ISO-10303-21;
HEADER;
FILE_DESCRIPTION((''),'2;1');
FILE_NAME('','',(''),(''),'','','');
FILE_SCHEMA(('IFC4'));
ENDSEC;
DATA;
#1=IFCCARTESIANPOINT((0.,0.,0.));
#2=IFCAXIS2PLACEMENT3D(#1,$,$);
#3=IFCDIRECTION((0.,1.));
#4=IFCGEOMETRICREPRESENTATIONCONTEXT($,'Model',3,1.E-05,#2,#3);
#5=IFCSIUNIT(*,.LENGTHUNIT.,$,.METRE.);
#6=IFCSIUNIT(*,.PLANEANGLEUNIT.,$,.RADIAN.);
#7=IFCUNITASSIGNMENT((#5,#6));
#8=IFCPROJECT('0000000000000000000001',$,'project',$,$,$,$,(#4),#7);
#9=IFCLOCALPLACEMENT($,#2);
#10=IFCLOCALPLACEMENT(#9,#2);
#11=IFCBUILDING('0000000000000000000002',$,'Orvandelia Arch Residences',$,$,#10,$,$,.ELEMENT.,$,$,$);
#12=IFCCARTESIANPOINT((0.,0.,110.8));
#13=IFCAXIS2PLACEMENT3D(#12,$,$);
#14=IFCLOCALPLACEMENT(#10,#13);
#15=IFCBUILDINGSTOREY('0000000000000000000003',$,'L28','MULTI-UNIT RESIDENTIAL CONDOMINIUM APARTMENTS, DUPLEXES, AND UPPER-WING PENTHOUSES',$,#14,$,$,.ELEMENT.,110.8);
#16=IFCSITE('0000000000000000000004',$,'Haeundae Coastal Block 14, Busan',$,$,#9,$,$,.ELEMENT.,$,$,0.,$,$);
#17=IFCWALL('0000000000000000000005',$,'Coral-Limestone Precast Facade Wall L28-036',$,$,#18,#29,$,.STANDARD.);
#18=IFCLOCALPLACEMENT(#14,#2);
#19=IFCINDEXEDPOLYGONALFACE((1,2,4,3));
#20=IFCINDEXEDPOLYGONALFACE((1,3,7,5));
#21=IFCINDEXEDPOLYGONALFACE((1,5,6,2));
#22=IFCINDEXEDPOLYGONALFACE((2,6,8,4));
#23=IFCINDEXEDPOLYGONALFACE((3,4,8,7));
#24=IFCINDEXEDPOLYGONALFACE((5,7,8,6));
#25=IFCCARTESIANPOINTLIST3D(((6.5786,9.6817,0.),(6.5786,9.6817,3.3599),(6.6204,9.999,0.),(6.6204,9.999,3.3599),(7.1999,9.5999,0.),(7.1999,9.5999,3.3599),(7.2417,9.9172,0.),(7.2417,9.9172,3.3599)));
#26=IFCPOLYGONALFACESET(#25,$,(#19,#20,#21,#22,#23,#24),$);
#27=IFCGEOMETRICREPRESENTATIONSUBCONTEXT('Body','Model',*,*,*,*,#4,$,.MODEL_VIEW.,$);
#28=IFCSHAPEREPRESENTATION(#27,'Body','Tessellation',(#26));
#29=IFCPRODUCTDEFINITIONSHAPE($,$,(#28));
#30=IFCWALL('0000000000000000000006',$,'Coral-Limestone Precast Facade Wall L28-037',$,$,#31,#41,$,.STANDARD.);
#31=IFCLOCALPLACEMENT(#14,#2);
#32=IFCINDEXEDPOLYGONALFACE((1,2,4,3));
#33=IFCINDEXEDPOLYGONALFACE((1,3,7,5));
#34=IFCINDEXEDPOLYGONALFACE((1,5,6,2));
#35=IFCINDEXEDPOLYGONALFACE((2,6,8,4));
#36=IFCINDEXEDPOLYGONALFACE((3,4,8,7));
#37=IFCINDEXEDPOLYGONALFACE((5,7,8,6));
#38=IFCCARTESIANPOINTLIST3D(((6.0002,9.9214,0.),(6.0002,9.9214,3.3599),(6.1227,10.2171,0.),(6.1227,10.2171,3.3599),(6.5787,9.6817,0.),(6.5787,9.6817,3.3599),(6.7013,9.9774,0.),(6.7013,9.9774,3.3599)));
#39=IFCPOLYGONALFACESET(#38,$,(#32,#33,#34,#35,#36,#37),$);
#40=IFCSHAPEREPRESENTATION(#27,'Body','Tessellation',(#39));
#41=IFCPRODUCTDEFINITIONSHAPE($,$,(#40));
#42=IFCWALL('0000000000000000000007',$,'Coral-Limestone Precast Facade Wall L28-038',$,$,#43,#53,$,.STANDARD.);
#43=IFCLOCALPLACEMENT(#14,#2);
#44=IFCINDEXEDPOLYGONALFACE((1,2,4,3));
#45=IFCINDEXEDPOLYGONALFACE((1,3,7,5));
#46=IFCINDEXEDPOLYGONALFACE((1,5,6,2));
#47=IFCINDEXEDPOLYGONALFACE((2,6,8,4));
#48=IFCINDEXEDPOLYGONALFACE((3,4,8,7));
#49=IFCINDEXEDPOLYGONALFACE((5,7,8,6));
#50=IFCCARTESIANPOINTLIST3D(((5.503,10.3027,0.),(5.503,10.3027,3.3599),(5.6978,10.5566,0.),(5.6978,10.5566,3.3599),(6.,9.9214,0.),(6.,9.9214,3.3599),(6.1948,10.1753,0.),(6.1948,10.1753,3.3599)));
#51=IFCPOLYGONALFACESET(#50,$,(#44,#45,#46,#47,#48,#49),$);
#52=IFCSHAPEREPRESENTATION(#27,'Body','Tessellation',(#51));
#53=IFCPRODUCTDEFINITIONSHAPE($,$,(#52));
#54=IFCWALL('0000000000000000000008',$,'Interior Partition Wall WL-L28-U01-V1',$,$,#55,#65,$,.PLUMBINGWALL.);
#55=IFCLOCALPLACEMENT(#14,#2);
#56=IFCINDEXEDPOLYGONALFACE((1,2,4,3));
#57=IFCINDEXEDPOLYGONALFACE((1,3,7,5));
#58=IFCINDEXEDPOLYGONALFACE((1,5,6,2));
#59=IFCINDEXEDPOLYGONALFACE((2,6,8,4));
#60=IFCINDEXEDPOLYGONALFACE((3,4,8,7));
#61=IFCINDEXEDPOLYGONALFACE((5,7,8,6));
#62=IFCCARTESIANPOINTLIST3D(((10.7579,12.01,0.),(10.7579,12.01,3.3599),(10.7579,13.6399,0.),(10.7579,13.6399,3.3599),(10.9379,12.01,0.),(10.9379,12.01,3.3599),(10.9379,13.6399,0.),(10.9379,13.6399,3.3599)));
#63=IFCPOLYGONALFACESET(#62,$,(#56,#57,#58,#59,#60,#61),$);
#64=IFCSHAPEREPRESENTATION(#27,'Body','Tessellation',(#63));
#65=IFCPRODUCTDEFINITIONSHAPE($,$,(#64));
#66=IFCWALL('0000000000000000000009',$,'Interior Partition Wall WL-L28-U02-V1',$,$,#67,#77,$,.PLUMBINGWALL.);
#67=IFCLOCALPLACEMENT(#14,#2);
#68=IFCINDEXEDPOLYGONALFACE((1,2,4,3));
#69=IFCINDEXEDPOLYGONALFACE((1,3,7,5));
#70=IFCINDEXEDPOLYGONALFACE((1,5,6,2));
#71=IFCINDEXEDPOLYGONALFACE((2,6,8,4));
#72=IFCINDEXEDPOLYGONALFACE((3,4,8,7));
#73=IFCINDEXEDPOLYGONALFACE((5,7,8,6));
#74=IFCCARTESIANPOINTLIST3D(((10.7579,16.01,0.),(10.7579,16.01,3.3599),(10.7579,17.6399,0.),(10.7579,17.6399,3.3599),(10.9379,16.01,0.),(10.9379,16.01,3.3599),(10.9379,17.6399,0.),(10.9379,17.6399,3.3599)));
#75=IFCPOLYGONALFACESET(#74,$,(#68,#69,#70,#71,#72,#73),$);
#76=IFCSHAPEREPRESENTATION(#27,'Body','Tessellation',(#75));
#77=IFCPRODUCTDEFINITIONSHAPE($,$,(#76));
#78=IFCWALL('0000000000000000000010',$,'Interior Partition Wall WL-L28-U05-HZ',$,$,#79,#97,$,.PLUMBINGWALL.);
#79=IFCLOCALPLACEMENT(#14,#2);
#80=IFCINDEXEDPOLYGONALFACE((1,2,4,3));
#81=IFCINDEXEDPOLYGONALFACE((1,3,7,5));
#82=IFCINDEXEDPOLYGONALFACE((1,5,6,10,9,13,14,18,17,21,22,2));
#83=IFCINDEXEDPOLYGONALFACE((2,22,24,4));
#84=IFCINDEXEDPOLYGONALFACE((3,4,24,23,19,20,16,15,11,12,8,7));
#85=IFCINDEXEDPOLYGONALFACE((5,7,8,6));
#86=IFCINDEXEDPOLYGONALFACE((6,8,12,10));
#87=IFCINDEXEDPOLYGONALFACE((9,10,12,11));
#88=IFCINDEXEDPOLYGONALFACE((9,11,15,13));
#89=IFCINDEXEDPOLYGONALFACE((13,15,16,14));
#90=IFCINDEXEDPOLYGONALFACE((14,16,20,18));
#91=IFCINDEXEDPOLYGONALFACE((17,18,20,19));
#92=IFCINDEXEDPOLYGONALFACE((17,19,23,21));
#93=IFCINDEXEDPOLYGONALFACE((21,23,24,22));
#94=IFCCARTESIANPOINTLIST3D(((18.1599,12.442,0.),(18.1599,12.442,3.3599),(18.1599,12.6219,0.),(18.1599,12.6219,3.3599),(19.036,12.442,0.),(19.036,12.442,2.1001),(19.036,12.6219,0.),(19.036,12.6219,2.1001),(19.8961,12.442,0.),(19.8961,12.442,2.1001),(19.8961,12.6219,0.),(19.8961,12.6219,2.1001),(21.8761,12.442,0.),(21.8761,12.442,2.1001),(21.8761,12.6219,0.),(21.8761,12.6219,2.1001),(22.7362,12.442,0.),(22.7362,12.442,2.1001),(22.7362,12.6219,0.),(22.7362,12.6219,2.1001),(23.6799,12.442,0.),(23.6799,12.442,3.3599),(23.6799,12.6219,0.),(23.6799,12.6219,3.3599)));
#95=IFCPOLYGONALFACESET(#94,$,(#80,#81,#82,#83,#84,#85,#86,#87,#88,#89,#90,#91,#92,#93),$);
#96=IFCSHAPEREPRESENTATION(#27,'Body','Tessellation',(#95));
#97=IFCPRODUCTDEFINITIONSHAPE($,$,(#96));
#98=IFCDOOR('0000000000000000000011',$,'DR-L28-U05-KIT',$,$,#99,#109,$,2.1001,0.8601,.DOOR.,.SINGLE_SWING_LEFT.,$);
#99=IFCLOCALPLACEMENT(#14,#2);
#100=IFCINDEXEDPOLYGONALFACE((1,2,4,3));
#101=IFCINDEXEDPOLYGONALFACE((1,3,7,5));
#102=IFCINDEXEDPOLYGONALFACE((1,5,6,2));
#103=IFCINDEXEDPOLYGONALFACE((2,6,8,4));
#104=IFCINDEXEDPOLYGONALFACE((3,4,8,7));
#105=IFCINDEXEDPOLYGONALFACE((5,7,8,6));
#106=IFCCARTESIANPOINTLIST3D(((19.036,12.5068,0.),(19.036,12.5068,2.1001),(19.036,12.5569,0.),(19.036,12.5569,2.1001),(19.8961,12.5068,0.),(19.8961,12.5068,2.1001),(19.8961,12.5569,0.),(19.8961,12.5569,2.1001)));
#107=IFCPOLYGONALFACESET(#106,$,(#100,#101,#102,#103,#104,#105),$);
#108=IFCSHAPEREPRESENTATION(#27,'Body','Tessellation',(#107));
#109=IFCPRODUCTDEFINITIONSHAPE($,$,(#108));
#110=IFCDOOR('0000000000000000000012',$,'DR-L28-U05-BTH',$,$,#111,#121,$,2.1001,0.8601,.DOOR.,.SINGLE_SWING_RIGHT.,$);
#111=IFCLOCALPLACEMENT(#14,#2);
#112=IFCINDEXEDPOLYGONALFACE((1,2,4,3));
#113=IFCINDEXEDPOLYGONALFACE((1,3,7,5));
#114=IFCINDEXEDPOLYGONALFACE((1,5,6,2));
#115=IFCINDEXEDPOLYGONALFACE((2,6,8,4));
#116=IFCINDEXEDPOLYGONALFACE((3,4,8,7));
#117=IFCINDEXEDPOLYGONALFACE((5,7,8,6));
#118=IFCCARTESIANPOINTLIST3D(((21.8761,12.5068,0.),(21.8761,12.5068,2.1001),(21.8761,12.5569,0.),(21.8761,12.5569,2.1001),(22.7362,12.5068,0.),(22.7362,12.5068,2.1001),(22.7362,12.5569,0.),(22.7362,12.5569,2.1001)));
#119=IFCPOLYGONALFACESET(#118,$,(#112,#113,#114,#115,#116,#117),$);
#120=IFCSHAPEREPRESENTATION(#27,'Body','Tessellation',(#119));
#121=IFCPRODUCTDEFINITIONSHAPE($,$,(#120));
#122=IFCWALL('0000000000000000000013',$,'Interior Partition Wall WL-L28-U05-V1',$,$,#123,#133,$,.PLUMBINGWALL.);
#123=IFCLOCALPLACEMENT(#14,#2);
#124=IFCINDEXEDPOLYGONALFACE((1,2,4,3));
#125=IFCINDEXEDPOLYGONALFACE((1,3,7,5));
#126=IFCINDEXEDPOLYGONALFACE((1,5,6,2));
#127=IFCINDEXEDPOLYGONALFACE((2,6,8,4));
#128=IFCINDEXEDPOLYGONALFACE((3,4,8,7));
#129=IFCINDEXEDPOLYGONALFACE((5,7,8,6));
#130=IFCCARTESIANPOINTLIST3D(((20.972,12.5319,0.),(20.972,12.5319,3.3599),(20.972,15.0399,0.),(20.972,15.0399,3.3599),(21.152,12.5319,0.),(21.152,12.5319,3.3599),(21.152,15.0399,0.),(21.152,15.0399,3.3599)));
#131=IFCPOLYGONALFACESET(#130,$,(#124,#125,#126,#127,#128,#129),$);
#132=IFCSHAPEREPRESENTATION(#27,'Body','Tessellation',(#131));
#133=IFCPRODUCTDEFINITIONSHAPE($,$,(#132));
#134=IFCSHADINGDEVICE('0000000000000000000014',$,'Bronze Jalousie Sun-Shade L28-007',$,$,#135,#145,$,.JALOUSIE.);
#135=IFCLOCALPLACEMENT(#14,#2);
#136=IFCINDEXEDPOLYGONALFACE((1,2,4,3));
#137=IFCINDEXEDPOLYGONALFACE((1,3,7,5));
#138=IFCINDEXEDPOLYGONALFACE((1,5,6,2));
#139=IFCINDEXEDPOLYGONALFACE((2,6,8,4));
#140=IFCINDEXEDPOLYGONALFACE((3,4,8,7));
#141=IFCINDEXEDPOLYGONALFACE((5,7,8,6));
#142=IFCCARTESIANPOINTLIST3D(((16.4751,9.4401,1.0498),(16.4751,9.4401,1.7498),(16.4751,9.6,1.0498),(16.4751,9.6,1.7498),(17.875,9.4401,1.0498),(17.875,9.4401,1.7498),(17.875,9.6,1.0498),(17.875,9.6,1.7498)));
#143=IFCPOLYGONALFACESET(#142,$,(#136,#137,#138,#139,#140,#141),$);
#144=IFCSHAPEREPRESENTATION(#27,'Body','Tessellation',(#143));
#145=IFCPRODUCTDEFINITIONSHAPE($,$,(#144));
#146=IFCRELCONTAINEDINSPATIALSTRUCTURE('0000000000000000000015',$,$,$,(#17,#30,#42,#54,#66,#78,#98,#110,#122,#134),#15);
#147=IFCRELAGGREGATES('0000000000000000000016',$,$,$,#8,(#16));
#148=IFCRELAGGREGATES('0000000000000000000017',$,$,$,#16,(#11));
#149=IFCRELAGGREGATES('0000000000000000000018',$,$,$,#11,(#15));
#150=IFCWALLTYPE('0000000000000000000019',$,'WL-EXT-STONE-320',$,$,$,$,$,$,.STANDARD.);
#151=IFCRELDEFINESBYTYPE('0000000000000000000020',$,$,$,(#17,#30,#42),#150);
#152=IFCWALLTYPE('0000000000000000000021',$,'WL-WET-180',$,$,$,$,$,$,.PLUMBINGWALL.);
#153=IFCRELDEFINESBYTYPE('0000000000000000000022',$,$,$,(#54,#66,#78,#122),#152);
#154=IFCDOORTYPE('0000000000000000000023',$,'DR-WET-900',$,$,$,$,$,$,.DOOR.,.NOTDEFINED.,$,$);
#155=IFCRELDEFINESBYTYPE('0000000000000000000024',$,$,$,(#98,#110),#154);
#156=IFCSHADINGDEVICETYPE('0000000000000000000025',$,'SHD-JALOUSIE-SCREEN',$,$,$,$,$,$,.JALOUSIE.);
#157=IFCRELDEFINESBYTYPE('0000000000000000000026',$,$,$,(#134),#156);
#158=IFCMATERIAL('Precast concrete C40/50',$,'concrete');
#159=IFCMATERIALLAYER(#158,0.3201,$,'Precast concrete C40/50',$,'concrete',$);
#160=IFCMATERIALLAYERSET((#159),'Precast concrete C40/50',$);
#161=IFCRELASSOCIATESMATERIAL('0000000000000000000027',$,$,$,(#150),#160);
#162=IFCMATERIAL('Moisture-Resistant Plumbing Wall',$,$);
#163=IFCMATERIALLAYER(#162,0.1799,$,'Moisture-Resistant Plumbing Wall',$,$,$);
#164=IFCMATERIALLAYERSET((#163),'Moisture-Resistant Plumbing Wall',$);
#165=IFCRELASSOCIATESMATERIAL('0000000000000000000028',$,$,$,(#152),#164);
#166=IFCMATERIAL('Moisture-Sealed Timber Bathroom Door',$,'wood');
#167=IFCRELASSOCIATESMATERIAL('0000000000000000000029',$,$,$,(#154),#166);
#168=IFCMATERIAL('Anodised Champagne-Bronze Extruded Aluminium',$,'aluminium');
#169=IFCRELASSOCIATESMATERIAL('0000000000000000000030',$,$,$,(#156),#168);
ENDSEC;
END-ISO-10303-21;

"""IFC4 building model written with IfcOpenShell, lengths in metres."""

from ifc_helpers import new_model, si_unit, direction, frame, frame_2d, origin, origin_2d, place, context, subcontext, project, spatial, rectangle, extrude, material, layer, layer_set, type_object, element, fill, save


model = new_model("IFC4")

# Units and contexts
model_context = context("Model", 3, precision=1e-05, world=origin(), true_north=direction((0.0, 1.0)))
body_context = subcontext(model_context, "Body", "Model", "MODEL_VIEW")
ifc_project = project(units=[si_unit("LENGTHUNIT", "METRE"), si_unit("PLANEANGLEUNIT", "RADIAN")], contexts=[model_context])

# Site, building, storey
site_placement = place(None, origin())
site = spatial("IfcSite", under=ifc_project, at=site_placement, Name="Haeundae Coastal Block 14, Busan", CompositionType="ELEMENT", RefElevation=0.0)
building_placement = place(site_placement, origin())
building = spatial("IfcBuilding", under=site, at=building_placement, Name="Orvandelia Arch Residences", CompositionType="ELEMENT")
storey_placement = place(building_placement, frame((0.0, 0.0, 110.8)))
storey = spatial("IfcBuildingStorey", under=building, at=storey_placement, Name="L28", Description="MULTI-UNIT RESIDENTIAL CONDOMINIUM APARTMENTS, DUPLEXES, AND UPPER-WING PENTHOUSES", CompositionType="ELEMENT", Elevation=110.8)

# Walls
ifc_material_1 = material(Name="Precast concrete C40/50", Category="concrete")
ifc_layer_1 = layer(ifc_material_1, 0.3201, Name="Precast concrete C40/50", Category="concrete")
ifc_layer_set_1 = layer_set([ifc_layer_1], Name="Precast concrete C40/50")
wall_type_1 = type_object("IfcWallType", Name="WL-EXT-STONE-320", PredefinedType="STANDARD", material=ifc_layer_set_1)
wall_1_placement = place(storey_placement, frame((7.2209, 9.7585, 0.0), z_axis=(0.0, 0.0, 1.0), x_axis=(-0.991448, 0.130505, 0.0)))
element("IfcWall", 1, at=wall_1_placement, inside=storey, type_object=wall_type_1, Name="Coral-Limestone Precast Facade Wall L28-036", PredefinedType="STANDARD", context=body_context, shape_type="SweptSolid", body=[
    extrude(rectangle(XDim=0.6267, YDim=0.3201, at=frame_2d((0.3135, 0.0))), origin(), (0.0, 0.0, 1.0), 3.3599),
])
wall_2_placement = place(storey_placement, frame((6.6399, 9.8296, 0.0), z_axis=(0.0, 0.0, 1.0), x_axis=(-0.923836, 0.382788, 0.0)))
element("IfcWall", 2, at=wall_2_placement, inside=storey, type_object=wall_type_1, Name="Coral-Limestone Precast Facade Wall L28-037", PredefinedType="STANDARD", context=body_context, shape_type="SweptSolid", body=[
    extrude(rectangle(XDim=0.6262, YDim=0.3201, at=frame_2d((0.313, 0.0))), origin(), (0.0, 0.0, 1.0), 3.3599),
])
wall_3_placement = place(storey_placement, frame((6.0974, 10.0483, 0.0), z_axis=(0.0, 0.0, 1.0), x_axis=(-0.793406, 0.608693, 0.0)))
element("IfcWall", 3, at=wall_3_placement, inside=storey, type_object=wall_type_1, Name="Coral-Limestone Precast Facade Wall L28-038", PredefinedType="STANDARD", context=body_context, shape_type="SweptSolid", body=[
    extrude(rectangle(XDim=0.6265, YDim=0.3201, at=frame_2d((0.3132, 0.0))), origin(), (0.0, 0.0, 1.0), 3.3599),
])
ifc_material_2 = material(Name="Moisture-Resistant Plumbing Wall")
ifc_layer_2 = layer(ifc_material_2, 0.1799, Name="Moisture-Resistant Plumbing Wall")
ifc_layer_set_2 = layer_set([ifc_layer_2], Name="Moisture-Resistant Plumbing Wall")
wall_type_2 = type_object("IfcWallType", Name="WL-WET-180", PredefinedType="PLUMBINGWALL", material=ifc_layer_set_2)
for number, where, z_axis, x_axis, name in (
    (4, (10.8479, 12.01, 0.0), (0.0, 0.0, 1.0), (0.0, 1.0, 0.0), "Interior Partition Wall WL-L28-U01-V1"),
    (5, (10.8479, 16.01, 0.0), (0.0, 0.0, 1.0), (0.0, 1.0, 0.0), "Interior Partition Wall WL-L28-U02-V1"),
):
    element("IfcWall", number, at=place(storey_placement, frame(where, z_axis=z_axis, x_axis=x_axis)), inside=storey, type_object=wall_type_2, Name=name, PredefinedType="PLUMBINGWALL", context=body_context, shape_type="SweptSolid", body=[
        extrude(rectangle(XDim=1.6299, YDim=0.1799, at=frame_2d((0.8149, 0.0))), origin(), (0.0, 0.0, 1.0), 3.3599),
    ])

# Wall, openings, doors
wall_4_placement = place(storey_placement, frame((18.1599, 12.532, 0.0), z_axis=(0.0, 0.0, 1.0), x_axis=(1.0, 0.0, 0.0)))
wall_4 = element("IfcWall", 6, at=wall_4_placement, inside=storey, type_object=wall_type_2, Name="Interior Partition Wall WL-L28-U05-HZ", PredefinedType="PLUMBINGWALL", context=body_context, shape_type="SweptSolid", body=[
    extrude(rectangle(XDim=5.52, YDim=0.1799, at=frame_2d((2.76, 0.0))), origin(), (0.0, 0.0, 1.0), 3.3599),
])
opening_1_placement = place(wall_4_placement, frame((0.876, 0.0, 0.0)))
opening_1 = element("IfcOpeningElement", 7, at=opening_1_placement, cuts=wall_4, PredefinedType="OPENING", context=body_context, shape_type="SweptSolid", body=[
    extrude(rectangle(XDim=0.8601, YDim=2.1001, at=frame_2d((0.4302, 1.05))), frame((0.0, 0.1001, 0.0), z_axis=(0.0, -1.0, 0.0), x_axis=(1.0, 0.0, 0.0)), (0.0, 0.0, 1.0), 0.2),
])
opening_2_placement = place(wall_4_placement, frame((3.7161, 0.0, 0.0)))
opening_2 = element("IfcOpeningElement", 8, at=opening_2_placement, cuts=wall_4, PredefinedType="OPENING", context=body_context, shape_type="SweptSolid", body=[
    extrude(rectangle(XDim=0.8601, YDim=2.1001, at=frame_2d((0.4302, 1.05))), frame((0.0, 0.1001, 0.0), z_axis=(0.0, -1.0, 0.0), x_axis=(1.0, 0.0, 0.0)), (0.0, 0.0, 1.0), 0.2),
])
ifc_material_3 = material(Name="Moisture-Sealed Timber Bathroom Door", Category="wood")
door_type_1 = type_object("IfcDoorType", Name="DR-WET-900", OperationType="NOTDEFINED", PredefinedType="DOOR", material=ifc_material_3)
door_1_placement = place(opening_1_placement, origin())
door_1 = element("IfcDoor", 9, at=door_1_placement, inside=storey, type_object=door_type_1, Name="DR-L28-U05-KIT", OperationType="SINGLE_SWING_LEFT", OverallHeight=2.1001, OverallWidth=0.8601, PredefinedType="DOOR", context=body_context, shape_type="SweptSolid", body=[
    extrude(rectangle(XDim=0.8601, YDim=2.1001, at=frame_2d((0.4302, 1.05))), frame((0.0, 0.0249, 0.0), z_axis=(0.0, -1.0, 0.0), x_axis=(1.0, 0.0, 0.0)), (0.0, 0.0, 1.0), 0.05),
])
fill(opening_1, door_1)
door_2_placement = place(opening_2_placement, origin())
door_2 = element("IfcDoor", 10, at=door_2_placement, inside=storey, type_object=door_type_1, Name="DR-L28-U05-BTH", OperationType="SINGLE_SWING_RIGHT", OverallHeight=2.1001, OverallWidth=0.8601, PredefinedType="DOOR", context=body_context, shape_type="SweptSolid", body=[
    extrude(rectangle(XDim=0.8601, YDim=2.1001, at=frame_2d((0.4302, 1.05))), frame((0.0, 0.0249, 0.0), z_axis=(0.0, -1.0, 0.0), x_axis=(1.0, 0.0, 0.0)), (0.0, 0.0, 1.0), 0.05),
])
fill(opening_2, door_2)

# Wall
wall_5_placement = place(storey_placement, frame((21.062, 12.532, 0.0), z_axis=(0.0, 0.0, 1.0), x_axis=(0.0, 1.0, 0.0)))
element("IfcWall", 11, at=wall_5_placement, inside=storey, type_object=wall_type_2, Name="Interior Partition Wall WL-L28-U05-V1", PredefinedType="PLUMBINGWALL", context=body_context, shape_type="SweptSolid", body=[
    extrude(rectangle(XDim=2.5081, YDim=0.1799, at=frame_2d((1.2539, 0.0))), origin(), (0.0, 0.0, 1.0), 3.3599),
])

# Shading device
ifc_material_4 = material(Name="Anodised Champagne-Bronze Extruded Aluminium", Category="aluminium")
shading_device_type = type_object("IfcShadingDeviceType", Name="SHD-JALOUSIE-SCREEN", PredefinedType="JALOUSIE", material=ifc_material_4)
shading_device_placement = place(storey_placement, frame((17.175, 9.52, 1.0498), z_axis=(0.0, 0.0, 1.0), x_axis=(-1.0, 0.0, 0.0)))
element("IfcShadingDevice", 12, at=shading_device_placement, inside=storey, type_object=shading_device_type, Name="Bronze Jalousie Sun-Shade L28-007", PredefinedType="JALOUSIE", context=body_context, shape_type="SweptSolid", body=[
    extrude(rectangle(XDim=1.3999, YDim=0.1599, at=origin_2d()), origin(), (0.0, 0.0, 1.0), 0.7),
])

save(model, "model.ifc")
